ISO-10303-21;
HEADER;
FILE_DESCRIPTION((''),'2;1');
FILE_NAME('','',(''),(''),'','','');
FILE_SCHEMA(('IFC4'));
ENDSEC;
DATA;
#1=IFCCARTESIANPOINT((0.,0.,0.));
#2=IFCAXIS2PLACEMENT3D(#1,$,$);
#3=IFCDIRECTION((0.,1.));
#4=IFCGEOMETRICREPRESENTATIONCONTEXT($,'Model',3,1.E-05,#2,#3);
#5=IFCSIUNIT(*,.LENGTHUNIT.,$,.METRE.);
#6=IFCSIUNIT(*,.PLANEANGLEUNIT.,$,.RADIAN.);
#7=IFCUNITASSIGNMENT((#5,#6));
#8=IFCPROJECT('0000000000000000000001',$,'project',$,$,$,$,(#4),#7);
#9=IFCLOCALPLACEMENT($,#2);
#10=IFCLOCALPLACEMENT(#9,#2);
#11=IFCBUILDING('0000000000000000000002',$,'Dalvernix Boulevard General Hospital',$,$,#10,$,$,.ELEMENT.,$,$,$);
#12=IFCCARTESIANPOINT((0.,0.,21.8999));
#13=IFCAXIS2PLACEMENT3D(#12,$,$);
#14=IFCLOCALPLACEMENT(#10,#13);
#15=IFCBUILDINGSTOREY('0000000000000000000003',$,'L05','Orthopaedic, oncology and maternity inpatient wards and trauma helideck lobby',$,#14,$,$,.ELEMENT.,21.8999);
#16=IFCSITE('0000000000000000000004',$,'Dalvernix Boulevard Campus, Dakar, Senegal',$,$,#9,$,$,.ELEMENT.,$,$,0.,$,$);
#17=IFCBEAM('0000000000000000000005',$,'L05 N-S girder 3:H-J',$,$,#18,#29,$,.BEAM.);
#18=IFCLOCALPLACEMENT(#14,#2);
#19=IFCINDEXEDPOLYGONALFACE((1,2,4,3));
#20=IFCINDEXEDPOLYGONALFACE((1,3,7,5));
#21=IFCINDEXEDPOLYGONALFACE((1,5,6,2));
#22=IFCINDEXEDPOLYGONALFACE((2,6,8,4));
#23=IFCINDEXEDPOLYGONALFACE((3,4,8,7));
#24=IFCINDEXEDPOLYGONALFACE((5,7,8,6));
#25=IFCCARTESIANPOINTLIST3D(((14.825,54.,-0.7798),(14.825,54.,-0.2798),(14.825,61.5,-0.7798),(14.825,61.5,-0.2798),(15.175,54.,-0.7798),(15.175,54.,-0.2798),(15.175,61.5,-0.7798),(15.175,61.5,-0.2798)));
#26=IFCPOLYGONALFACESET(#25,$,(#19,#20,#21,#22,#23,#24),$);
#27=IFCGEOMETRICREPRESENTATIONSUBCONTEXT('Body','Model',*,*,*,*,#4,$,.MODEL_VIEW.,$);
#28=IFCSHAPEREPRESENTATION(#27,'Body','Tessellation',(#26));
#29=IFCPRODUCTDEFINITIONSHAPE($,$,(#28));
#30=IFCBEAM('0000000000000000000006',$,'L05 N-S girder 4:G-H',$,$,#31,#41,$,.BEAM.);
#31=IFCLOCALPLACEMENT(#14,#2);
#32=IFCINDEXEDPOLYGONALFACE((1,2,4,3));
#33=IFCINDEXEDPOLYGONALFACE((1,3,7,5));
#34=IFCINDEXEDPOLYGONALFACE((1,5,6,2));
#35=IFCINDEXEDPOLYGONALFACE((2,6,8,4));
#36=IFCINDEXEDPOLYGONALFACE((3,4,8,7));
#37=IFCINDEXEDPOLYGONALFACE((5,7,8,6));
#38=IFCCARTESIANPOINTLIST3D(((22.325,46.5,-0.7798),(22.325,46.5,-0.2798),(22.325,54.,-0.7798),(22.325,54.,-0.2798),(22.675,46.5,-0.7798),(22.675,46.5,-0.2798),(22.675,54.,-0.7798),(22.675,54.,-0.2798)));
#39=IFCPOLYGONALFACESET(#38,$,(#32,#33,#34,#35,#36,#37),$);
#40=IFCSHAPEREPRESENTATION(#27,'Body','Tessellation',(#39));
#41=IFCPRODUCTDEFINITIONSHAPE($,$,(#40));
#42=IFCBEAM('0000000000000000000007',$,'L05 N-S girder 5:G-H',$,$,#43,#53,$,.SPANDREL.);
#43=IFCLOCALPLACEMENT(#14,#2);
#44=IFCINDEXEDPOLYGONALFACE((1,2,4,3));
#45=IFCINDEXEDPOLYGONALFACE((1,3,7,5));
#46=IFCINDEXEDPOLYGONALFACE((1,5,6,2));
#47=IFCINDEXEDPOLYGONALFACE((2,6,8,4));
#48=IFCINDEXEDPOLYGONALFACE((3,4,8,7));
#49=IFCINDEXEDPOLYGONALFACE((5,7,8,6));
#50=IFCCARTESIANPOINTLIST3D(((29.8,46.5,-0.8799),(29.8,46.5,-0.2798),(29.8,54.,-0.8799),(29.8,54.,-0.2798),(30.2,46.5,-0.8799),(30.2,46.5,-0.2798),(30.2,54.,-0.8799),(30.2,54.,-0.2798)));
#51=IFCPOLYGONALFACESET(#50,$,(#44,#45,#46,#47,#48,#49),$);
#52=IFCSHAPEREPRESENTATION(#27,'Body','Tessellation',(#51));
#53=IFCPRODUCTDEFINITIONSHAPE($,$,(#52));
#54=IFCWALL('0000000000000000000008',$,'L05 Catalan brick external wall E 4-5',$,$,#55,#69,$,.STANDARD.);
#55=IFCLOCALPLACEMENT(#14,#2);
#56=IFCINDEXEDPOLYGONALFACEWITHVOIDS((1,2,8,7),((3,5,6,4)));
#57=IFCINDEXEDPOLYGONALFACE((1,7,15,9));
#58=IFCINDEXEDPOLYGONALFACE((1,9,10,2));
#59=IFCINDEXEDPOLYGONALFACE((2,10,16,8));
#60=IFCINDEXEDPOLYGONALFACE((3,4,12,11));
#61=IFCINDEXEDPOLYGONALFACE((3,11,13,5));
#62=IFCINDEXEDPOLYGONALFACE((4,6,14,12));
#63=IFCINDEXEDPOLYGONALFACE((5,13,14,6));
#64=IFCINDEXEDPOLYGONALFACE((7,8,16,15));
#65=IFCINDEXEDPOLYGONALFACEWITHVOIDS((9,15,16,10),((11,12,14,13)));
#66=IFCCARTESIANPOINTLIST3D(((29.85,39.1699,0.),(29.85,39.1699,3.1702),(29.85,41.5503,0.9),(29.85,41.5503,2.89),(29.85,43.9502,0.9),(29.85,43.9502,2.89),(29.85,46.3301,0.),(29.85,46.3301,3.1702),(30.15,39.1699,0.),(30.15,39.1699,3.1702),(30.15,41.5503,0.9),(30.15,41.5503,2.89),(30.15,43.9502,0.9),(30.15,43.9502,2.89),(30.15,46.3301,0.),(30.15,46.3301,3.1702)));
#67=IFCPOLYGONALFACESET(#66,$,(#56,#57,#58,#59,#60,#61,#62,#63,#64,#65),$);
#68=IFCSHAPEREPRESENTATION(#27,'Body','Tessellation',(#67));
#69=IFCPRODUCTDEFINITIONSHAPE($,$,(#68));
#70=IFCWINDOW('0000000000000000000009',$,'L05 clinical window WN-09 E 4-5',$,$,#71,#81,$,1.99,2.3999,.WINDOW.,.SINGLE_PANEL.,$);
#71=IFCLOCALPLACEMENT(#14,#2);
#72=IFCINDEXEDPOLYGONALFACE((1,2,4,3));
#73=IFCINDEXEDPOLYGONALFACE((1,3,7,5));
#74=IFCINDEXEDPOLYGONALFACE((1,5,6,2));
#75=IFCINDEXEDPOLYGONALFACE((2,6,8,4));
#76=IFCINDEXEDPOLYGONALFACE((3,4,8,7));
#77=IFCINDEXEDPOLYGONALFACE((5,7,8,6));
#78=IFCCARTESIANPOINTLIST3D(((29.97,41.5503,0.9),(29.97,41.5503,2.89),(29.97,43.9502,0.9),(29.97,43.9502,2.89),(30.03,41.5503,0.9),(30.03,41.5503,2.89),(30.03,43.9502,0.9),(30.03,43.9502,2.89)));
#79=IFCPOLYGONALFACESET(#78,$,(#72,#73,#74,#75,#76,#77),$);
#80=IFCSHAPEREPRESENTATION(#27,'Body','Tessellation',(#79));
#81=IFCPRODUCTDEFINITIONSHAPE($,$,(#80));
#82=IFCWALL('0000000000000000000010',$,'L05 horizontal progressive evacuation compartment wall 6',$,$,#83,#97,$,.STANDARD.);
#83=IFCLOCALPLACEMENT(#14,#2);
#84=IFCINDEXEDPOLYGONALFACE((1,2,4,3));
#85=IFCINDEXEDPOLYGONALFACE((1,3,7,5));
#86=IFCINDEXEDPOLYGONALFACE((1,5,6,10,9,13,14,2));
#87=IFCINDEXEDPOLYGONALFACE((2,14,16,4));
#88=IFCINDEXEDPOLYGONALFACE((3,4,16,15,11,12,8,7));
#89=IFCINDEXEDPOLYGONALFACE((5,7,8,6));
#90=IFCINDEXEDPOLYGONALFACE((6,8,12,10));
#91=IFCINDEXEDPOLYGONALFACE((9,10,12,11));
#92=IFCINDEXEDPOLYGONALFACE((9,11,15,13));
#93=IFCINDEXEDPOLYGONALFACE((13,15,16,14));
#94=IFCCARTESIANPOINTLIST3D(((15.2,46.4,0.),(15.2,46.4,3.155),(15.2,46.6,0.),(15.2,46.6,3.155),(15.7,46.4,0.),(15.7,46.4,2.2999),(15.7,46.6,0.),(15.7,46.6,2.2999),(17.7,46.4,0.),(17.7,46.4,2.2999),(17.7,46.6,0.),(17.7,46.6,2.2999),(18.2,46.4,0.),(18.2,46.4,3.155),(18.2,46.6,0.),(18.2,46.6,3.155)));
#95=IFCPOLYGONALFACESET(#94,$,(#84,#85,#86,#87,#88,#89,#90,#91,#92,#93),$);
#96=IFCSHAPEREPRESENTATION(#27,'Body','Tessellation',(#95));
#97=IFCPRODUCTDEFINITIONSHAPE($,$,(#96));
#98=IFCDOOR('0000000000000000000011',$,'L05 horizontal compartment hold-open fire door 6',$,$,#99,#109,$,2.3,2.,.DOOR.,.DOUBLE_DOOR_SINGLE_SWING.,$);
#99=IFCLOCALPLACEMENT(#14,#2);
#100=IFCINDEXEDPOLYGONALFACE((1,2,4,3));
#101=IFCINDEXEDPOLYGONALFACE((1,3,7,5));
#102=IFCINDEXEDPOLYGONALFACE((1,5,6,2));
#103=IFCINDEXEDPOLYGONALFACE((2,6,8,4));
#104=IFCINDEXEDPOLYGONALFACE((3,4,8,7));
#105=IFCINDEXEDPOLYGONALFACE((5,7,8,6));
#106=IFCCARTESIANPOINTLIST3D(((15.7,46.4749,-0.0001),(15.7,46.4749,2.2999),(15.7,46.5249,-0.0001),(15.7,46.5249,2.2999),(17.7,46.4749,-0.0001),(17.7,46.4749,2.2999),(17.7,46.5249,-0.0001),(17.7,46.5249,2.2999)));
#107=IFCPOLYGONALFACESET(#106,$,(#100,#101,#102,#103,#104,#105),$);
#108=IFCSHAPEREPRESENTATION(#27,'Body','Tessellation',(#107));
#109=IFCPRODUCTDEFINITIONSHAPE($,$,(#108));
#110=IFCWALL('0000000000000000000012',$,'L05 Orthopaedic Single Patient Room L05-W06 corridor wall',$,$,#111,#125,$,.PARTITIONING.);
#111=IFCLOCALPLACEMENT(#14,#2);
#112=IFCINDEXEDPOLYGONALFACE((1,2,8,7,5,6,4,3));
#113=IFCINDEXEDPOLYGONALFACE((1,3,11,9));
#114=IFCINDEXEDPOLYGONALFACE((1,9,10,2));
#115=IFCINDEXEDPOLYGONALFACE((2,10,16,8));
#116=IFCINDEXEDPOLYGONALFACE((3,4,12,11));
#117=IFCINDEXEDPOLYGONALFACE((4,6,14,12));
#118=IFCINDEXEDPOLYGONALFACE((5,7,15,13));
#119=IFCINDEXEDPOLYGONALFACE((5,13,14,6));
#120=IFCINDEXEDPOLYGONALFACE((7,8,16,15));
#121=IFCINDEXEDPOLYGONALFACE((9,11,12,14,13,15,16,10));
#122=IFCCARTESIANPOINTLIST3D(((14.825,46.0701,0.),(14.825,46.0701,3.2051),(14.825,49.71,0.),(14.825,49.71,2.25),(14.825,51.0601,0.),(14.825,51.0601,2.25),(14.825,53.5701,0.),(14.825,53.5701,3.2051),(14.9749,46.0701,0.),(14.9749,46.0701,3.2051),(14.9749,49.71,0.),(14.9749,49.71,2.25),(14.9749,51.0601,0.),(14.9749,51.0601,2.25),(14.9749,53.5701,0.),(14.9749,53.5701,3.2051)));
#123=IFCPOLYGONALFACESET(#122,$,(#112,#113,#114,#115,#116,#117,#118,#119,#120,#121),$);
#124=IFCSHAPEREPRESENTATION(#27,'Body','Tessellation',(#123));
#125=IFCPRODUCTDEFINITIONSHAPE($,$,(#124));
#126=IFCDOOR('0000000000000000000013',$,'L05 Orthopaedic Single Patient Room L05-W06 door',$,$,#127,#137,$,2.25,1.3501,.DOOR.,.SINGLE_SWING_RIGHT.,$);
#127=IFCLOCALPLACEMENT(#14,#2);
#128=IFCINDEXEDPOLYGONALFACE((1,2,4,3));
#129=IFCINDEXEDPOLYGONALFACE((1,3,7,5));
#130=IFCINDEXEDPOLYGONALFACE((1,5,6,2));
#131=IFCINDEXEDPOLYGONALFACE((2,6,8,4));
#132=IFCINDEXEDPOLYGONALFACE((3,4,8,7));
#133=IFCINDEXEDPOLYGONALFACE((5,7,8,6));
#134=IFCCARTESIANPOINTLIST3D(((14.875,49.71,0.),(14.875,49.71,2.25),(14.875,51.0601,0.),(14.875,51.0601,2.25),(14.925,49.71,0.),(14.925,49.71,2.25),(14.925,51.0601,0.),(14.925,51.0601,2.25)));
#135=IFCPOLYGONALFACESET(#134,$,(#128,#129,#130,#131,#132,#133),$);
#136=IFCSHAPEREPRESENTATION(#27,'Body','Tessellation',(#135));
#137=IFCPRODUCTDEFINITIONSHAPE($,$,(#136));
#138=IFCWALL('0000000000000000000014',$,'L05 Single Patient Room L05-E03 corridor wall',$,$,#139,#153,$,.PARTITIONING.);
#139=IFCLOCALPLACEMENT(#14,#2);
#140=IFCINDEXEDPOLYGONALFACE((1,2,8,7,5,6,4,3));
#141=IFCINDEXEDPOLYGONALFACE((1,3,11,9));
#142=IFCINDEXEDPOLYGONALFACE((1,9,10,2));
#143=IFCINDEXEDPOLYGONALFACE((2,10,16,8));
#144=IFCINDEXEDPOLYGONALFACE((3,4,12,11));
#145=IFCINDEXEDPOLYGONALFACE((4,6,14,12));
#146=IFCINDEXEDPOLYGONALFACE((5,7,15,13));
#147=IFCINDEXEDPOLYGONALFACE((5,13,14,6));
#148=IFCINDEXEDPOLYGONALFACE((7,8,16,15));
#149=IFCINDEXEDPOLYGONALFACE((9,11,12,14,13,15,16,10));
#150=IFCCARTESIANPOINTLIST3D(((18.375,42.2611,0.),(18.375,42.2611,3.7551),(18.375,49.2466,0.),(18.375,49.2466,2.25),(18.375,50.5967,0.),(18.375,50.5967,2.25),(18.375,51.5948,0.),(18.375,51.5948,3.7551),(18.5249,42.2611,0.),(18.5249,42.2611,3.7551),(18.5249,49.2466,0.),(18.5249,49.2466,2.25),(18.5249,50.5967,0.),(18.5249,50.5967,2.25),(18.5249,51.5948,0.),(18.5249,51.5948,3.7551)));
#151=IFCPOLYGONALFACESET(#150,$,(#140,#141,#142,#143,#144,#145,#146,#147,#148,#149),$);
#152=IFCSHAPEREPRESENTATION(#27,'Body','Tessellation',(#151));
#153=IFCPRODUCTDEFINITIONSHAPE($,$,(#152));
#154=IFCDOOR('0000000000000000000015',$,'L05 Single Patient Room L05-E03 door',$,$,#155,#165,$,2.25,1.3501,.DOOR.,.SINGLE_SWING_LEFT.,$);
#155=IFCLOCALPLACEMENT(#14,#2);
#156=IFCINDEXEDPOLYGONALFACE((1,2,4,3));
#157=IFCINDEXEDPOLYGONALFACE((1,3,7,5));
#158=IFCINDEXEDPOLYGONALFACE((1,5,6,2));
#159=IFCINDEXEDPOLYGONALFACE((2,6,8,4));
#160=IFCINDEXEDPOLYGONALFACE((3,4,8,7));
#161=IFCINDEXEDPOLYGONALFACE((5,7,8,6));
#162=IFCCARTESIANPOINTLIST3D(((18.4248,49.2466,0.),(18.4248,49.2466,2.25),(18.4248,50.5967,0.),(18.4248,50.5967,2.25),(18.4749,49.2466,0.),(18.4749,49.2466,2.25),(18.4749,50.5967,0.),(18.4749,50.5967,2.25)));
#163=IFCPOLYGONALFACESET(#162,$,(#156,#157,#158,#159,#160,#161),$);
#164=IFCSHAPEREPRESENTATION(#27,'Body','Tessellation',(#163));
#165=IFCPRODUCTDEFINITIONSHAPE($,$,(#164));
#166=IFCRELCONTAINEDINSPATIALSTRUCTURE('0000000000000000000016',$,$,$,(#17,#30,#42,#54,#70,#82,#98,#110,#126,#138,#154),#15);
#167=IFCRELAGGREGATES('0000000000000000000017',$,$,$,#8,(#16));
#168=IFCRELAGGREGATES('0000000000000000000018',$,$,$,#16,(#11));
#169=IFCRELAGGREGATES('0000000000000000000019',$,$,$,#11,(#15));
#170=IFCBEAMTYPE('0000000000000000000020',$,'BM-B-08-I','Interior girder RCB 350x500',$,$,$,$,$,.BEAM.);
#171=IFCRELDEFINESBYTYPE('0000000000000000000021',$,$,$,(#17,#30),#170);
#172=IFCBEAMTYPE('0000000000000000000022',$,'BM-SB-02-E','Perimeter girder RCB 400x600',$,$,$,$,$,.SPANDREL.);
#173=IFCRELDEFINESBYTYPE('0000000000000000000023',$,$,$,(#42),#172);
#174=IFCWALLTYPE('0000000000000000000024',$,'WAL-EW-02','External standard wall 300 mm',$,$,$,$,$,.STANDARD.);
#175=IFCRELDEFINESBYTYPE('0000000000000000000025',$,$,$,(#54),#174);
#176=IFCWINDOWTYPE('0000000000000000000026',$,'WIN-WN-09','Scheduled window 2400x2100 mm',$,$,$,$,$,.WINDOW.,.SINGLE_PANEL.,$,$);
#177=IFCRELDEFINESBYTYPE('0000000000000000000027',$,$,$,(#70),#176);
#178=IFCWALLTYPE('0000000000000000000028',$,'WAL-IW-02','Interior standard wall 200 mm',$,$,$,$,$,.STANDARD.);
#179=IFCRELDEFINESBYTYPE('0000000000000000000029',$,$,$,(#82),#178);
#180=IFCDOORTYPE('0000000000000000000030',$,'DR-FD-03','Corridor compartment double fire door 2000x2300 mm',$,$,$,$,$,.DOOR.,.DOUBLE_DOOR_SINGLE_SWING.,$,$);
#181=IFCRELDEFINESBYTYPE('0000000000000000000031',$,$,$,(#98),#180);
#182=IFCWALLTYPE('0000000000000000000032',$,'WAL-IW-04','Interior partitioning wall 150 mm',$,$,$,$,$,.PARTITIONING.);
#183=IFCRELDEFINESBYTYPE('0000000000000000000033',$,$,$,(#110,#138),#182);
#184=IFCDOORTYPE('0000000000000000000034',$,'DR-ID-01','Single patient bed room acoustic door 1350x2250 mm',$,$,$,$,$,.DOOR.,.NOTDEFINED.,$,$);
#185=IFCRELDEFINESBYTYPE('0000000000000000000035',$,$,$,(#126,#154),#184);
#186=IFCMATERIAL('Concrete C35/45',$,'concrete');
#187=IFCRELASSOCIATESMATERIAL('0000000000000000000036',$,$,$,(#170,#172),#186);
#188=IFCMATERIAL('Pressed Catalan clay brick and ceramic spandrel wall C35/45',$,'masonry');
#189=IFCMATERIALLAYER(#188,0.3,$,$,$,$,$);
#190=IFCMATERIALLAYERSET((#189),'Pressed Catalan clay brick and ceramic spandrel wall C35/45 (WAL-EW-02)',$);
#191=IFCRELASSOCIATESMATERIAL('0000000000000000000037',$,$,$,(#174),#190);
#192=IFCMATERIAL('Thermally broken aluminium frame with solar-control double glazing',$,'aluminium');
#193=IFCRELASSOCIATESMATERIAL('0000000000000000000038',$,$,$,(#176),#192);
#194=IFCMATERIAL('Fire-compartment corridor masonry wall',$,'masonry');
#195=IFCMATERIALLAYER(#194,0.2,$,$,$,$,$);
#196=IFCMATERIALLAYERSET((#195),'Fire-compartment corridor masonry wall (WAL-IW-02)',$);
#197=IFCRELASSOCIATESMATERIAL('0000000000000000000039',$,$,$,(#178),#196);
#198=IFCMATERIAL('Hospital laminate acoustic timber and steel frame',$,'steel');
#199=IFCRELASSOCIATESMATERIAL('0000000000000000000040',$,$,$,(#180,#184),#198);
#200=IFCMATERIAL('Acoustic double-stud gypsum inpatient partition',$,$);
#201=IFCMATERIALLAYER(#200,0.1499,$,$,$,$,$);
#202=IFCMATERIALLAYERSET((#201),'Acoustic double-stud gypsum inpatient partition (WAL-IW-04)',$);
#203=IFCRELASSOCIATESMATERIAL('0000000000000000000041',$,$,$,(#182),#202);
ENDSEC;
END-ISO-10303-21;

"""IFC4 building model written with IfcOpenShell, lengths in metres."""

from ifc_helpers import new_model, si_unit, direction, frame, frame_2d, origin, origin_2d, place, context, subcontext, project, spatial, rectangle, extrude, material, layer, layer_set, material_profile, profile_set, type_object, element, fill, save


model = new_model("IFC4")

# Units and contexts
model_context = context("Model", 3, precision=1e-05, world=origin(), true_north=direction((0.0, 1.0)))
body_context = subcontext(model_context, "Body", "Model", "MODEL_VIEW")
ifc_project = project(units=[si_unit("LENGTHUNIT", "METRE"), si_unit("PLANEANGLEUNIT", "RADIAN")], contexts=[model_context])

# Site, building, storey
site_placement = place(None, origin())
site = spatial("IfcSite", under=ifc_project, at=site_placement, Name="Dalvernix Boulevard Campus, Dakar, Senegal", CompositionType="ELEMENT", RefElevation=0.0)
building_placement = place(site_placement, origin())
building = spatial("IfcBuilding", under=site, at=building_placement, Name="Dalvernix Boulevard General Hospital", CompositionType="ELEMENT")
storey_placement = place(building_placement, frame((0.0, 0.0, 21.8999)))
storey = spatial("IfcBuildingStorey", under=building, at=storey_placement, Name="L05", Description="Orthopaedic, oncology and maternity inpatient wards and trauma helideck lobby", CompositionType="ELEMENT", Elevation=21.8999)

# Beams
ifc_material_1 = material(Name="Concrete C35/45", Category="concrete")
ifc_material_profile_1 = material_profile(ifc_material_1, rectangle(XDim=0.3501, YDim=0.5, at=origin_2d()), Name="RCB 350x500")
ifc_profile_set_1 = profile_set([ifc_material_profile_1], Name="Concrete C35/45")
beam_type_1 = type_object("IfcBeamType", Name="BM-B-08-I", Description="Interior girder RCB 350x500", PredefinedType="BEAM", material=ifc_profile_set_1)
for number, where, z_axis, x_axis, name in (
    (1, (15.0, 54.0, -0.5298), (0.0, 1.0, 0.0), (-1.0, 0.0, 0.0), "L05 N-S girder 3:H-J"),
    (2, (22.5, 46.5, -0.5298), (0.0, 1.0, 0.0), (-1.0, 0.0, 0.0), "L05 N-S girder 4:G-H"),
):
    element("IfcBeam", number, at=place(storey_placement, frame(where, z_axis=z_axis, x_axis=x_axis)), inside=storey, type_object=beam_type_1, Name=name, PredefinedType="BEAM", context=body_context, shape_type="SweptSolid", body=[
        extrude(rectangle(XDim=0.3501, YDim=0.5, at=origin_2d()), origin(), (0.0, 0.0, 1.0), 7.5),
    ])
ifc_material_profile_2 = material_profile(ifc_material_1, rectangle(XDim=0.3999, YDim=0.6001, at=origin_2d()), Name="RCB 400x600")
ifc_profile_set_2 = profile_set([ifc_material_profile_2], Name="Concrete C35/45")
beam_type_2 = type_object("IfcBeamType", Name="BM-SB-02-E", Description="Perimeter girder RCB 400x600", PredefinedType="SPANDREL", material=ifc_profile_set_2)
beam_placement = place(storey_placement, frame((30.0, 46.5, -0.5798), z_axis=(0.0, 1.0, 0.0), x_axis=(-1.0, 0.0, 0.0)))
element("IfcBeam", 3, at=beam_placement, inside=storey, type_object=beam_type_2, Name="L05 N-S girder 5:G-H", PredefinedType="SPANDREL", context=body_context, shape_type="SweptSolid", body=[
    extrude(rectangle(XDim=0.3999, YDim=0.6001, at=origin_2d()), origin(), (0.0, 0.0, 1.0), 7.5),
])

# Wall, opening, window
ifc_material_2 = material(Name="Pressed Catalan clay brick and ceramic spandrel wall C35/45", Category="masonry")
ifc_layer_1 = layer(ifc_material_2, 0.3)
ifc_layer_set_1 = layer_set([ifc_layer_1], Name="Pressed Catalan clay brick and ceramic spandrel wall C35/45 (WAL-EW-02)")
wall_type_1 = type_object("IfcWallType", Name="WAL-EW-02", Description="External standard wall 300 mm", PredefinedType="STANDARD", material=ifc_layer_set_1)
wall_1_placement = place(storey_placement, frame((30.0, 46.3301, 0.0), z_axis=(0.0, 0.0, 1.0), x_axis=(0.0, -1.0, 0.0)))
wall_1 = element("IfcWall", 4, at=wall_1_placement, inside=storey, type_object=wall_type_1, Name="L05 Catalan brick external wall E 4-5", PredefinedType="STANDARD", context=body_context, shape_type="SweptSolid", body=[
    extrude(rectangle(XDim=7.1602, YDim=0.3, at=frame_2d((3.5801, 0.0))), origin(), (0.0, 0.0, 1.0), 3.1702),
])
opening_1_placement = place(wall_1_placement, frame((2.3799, 0.0, 0.8999)))
opening_1 = element("IfcOpeningElement", 5, at=opening_1_placement, cuts=wall_1, PredefinedType="OPENING", context=body_context, shape_type="SweptSolid", body=[
    extrude(rectangle(XDim=2.3999, YDim=1.99, at=frame_2d((1.2, 0.9951))), frame((0.0, 0.1599, 0.0), z_axis=(0.0, -1.0, 0.0), x_axis=(1.0, 0.0, 0.0)), (0.0, 0.0, 1.0), 0.3201),
])
ifc_material_3 = material(Name="Thermally broken aluminium frame with solar-control double glazing", Category="aluminium")
window_type = type_object("IfcWindowType", Name="WIN-WN-09", Description="Scheduled window 2400x2100 mm", PartitioningType="SINGLE_PANEL", PredefinedType="WINDOW", material=ifc_material_3)
window_placement = place(opening_1_placement, origin())
window = element("IfcWindow", 6, at=window_placement, inside=storey, type_object=window_type, Name="L05 clinical window WN-09 E 4-5", OverallHeight=1.99, OverallWidth=2.3999, PartitioningType="SINGLE_PANEL", PredefinedType="WINDOW", context=body_context, shape_type="SweptSolid", body=[
    extrude(rectangle(XDim=2.3999, YDim=1.99, at=frame_2d((1.2, 0.9951))), frame((0.0, 0.03, 0.0), z_axis=(0.0, -1.0, 0.0), x_axis=(1.0, 0.0, 0.0)), (0.0, 0.0, 1.0), 0.0601),
])
fill(opening_1, window)

# Walls, openings, doors
ifc_material_4 = material(Name="Fire-compartment corridor masonry wall", Category="masonry")
ifc_layer_2 = layer(ifc_material_4, 0.2)
ifc_layer_set_2 = layer_set([ifc_layer_2], Name="Fire-compartment corridor masonry wall (WAL-IW-02)")
wall_type_2 = type_object("IfcWallType", Name="WAL-IW-02", Description="Interior standard wall 200 mm", PredefinedType="STANDARD", material=ifc_layer_set_2)
wall_2_placement = place(storey_placement, frame((15.2, 46.5, 0.0), z_axis=(0.0, 0.0, 1.0), x_axis=(1.0, 0.0, 0.0)))
wall_2 = element("IfcWall", 7, at=wall_2_placement, inside=storey, type_object=wall_type_2, Name="L05 horizontal progressive evacuation compartment wall 6", PredefinedType="STANDARD", context=body_context, shape_type="SweptSolid", body=[
    extrude(rectangle(XDim=3.0, YDim=0.2, at=frame_2d((1.5, 0.0))), origin(), (0.0, 0.0, 1.0), 3.155),
])
opening_2_placement = place(wall_2_placement, frame((0.5, 0.0, 0.0)))
opening_2 = element("IfcOpeningElement", 8, at=opening_2_placement, cuts=wall_2, PredefinedType="OPENING", context=body_context, shape_type="SweptSolid", body=[
    extrude(rectangle(XDim=2.0, YDim=2.3, at=frame_2d((1.0, 1.1499))), frame((0.0, 0.1099, 0.0), z_axis=(0.0, -1.0, 0.0), x_axis=(1.0, 0.0, 0.0)), (0.0, 0.0, 1.0), 0.22),
])
ifc_material_5 = material(Name="Hospital laminate acoustic timber and steel frame", Category="steel")
door_type_1 = type_object("IfcDoorType", Name="DR-FD-03", Description="Corridor compartment double fire door 2000x2300 mm", OperationType="DOUBLE_DOOR_SINGLE_SWING", PredefinedType="DOOR", material=ifc_material_5)
door_1_placement = place(opening_2_placement, origin())
door_1 = element("IfcDoor", 9, at=door_1_placement, inside=storey, type_object=door_type_1, Name="L05 horizontal compartment hold-open fire door 6", OperationType="DOUBLE_DOOR_SINGLE_SWING", OverallHeight=2.3, OverallWidth=2.0, PredefinedType="DOOR", context=body_context, shape_type="SweptSolid", body=[
    extrude(rectangle(XDim=2.0, YDim=2.3, at=frame_2d((1.0, 1.1499))), frame((0.0, 0.0249, 0.0), z_axis=(0.0, -1.0, 0.0), x_axis=(1.0, 0.0, 0.0)), (0.0, 0.0, 1.0), 0.05),
])
fill(opening_2, door_1)
ifc_material_6 = material(Name="Acoustic double-stud gypsum inpatient partition")
ifc_layer_3 = layer(ifc_material_6, 0.1499)
ifc_layer_set_3 = layer_set([ifc_layer_3], Name="Acoustic double-stud gypsum inpatient partition (WAL-IW-04)")
wall_type_3 = type_object("IfcWallType", Name="WAL-IW-04", Description="Interior partitioning wall 150 mm", PredefinedType="PARTITIONING", material=ifc_layer_set_3)
wall_3_placement = place(storey_placement, frame((14.8999, 46.0701, 0.0), z_axis=(0.0, 0.0, 1.0), x_axis=(0.0, 1.0, 0.0)))
wall_3 = element("IfcWall", 10, at=wall_3_placement, inside=storey, type_object=wall_type_3, Name="L05 Orthopaedic Single Patient Room L05-W06 corridor wall", PredefinedType="PARTITIONING", context=body_context, shape_type="SweptSolid", body=[
    extrude(rectangle(XDim=7.5, YDim=0.1499, at=frame_2d((3.75, 0.0))), origin(), (0.0, 0.0, 1.0), 3.2051),
])
opening_3_placement = place(wall_3_placement, frame((3.6399, 0.0, 0.0)))
opening_3 = element("IfcOpeningElement", 11, at=opening_3_placement, cuts=wall_3, PredefinedType="OPENING", context=body_context, shape_type="SweptSolid", body=[
    extrude(rectangle(XDim=1.3501, YDim=2.25, at=frame_2d((0.675, 1.125))), frame((0.0, 0.085, 0.0), z_axis=(0.0, -1.0, 0.0), x_axis=(1.0, 0.0, 0.0)), (0.0, 0.0, 1.0), 0.1699),
])
door_type_2 = type_object("IfcDoorType", Name="DR-ID-01", Description="Single patient bed room acoustic door 1350x2250 mm", OperationType="NOTDEFINED", PredefinedType="DOOR", material=ifc_material_5)
door_2_placement = place(opening_3_placement, origin())
door_2 = element("IfcDoor", 12, at=door_2_placement, inside=storey, type_object=door_type_2, Name="L05 Orthopaedic Single Patient Room L05-W06 door", OperationType="SINGLE_SWING_RIGHT", OverallHeight=2.25, OverallWidth=1.3501, PredefinedType="DOOR", context=body_context, shape_type="SweptSolid", body=[
    extrude(rectangle(XDim=1.3501, YDim=2.25, at=frame_2d((0.675, 1.125))), frame((0.0, 0.0249, 0.0), z_axis=(0.0, -1.0, 0.0), x_axis=(1.0, 0.0, 0.0)), (0.0, 0.0, 1.0), 0.05),
])
fill(opening_3, door_2)
wall_4_placement = place(storey_placement, frame((18.45, 51.595, 0.0), z_axis=(0.0, 0.0, 1.0), x_axis=(0.0, -1.0, 0.0)))
wall_4 = element("IfcWall", 13, at=wall_4_placement, inside=storey, type_object=wall_type_3, Name="L05 Single Patient Room L05-E03 corridor wall", PredefinedType="PARTITIONING", context=body_context, shape_type="SweptSolid", body=[
    extrude(rectangle(XDim=9.3337, YDim=0.1499, at=frame_2d((4.667, 0.0))), origin(), (0.0, 0.0, 1.0), 3.7551),
])
opening_4_placement = place(wall_4_placement, frame((0.9983, 0.0, 0.0)))
opening_4 = element("IfcOpeningElement", 14, at=opening_4_placement, cuts=wall_4, PredefinedType="OPENING", context=body_context, shape_type="SweptSolid", body=[
    extrude(rectangle(XDim=1.3501, YDim=2.25, at=frame_2d((0.675, 1.125))), frame((0.0, 0.085, 0.0), z_axis=(0.0, -1.0, 0.0), x_axis=(1.0, 0.0, 0.0)), (0.0, 0.0, 1.0), 0.1699),
])
door_3_placement = place(opening_4_placement, origin())
door_3 = element("IfcDoor", 15, at=door_3_placement, inside=storey, type_object=door_type_2, Name="L05 Single Patient Room L05-E03 door", OperationType="SINGLE_SWING_LEFT", OverallHeight=2.25, OverallWidth=1.3501, PredefinedType="DOOR", context=body_context, shape_type="SweptSolid", body=[
    extrude(rectangle(XDim=1.3501, YDim=2.25, at=frame_2d((0.675, 1.125))), frame((0.0, 0.0249, 0.0), z_axis=(0.0, -1.0, 0.0), x_axis=(1.0, 0.0, 0.0)), (0.0, 0.0, 1.0), 0.05),
])
fill(opening_4, door_3)

save(model, "model.ifc")
